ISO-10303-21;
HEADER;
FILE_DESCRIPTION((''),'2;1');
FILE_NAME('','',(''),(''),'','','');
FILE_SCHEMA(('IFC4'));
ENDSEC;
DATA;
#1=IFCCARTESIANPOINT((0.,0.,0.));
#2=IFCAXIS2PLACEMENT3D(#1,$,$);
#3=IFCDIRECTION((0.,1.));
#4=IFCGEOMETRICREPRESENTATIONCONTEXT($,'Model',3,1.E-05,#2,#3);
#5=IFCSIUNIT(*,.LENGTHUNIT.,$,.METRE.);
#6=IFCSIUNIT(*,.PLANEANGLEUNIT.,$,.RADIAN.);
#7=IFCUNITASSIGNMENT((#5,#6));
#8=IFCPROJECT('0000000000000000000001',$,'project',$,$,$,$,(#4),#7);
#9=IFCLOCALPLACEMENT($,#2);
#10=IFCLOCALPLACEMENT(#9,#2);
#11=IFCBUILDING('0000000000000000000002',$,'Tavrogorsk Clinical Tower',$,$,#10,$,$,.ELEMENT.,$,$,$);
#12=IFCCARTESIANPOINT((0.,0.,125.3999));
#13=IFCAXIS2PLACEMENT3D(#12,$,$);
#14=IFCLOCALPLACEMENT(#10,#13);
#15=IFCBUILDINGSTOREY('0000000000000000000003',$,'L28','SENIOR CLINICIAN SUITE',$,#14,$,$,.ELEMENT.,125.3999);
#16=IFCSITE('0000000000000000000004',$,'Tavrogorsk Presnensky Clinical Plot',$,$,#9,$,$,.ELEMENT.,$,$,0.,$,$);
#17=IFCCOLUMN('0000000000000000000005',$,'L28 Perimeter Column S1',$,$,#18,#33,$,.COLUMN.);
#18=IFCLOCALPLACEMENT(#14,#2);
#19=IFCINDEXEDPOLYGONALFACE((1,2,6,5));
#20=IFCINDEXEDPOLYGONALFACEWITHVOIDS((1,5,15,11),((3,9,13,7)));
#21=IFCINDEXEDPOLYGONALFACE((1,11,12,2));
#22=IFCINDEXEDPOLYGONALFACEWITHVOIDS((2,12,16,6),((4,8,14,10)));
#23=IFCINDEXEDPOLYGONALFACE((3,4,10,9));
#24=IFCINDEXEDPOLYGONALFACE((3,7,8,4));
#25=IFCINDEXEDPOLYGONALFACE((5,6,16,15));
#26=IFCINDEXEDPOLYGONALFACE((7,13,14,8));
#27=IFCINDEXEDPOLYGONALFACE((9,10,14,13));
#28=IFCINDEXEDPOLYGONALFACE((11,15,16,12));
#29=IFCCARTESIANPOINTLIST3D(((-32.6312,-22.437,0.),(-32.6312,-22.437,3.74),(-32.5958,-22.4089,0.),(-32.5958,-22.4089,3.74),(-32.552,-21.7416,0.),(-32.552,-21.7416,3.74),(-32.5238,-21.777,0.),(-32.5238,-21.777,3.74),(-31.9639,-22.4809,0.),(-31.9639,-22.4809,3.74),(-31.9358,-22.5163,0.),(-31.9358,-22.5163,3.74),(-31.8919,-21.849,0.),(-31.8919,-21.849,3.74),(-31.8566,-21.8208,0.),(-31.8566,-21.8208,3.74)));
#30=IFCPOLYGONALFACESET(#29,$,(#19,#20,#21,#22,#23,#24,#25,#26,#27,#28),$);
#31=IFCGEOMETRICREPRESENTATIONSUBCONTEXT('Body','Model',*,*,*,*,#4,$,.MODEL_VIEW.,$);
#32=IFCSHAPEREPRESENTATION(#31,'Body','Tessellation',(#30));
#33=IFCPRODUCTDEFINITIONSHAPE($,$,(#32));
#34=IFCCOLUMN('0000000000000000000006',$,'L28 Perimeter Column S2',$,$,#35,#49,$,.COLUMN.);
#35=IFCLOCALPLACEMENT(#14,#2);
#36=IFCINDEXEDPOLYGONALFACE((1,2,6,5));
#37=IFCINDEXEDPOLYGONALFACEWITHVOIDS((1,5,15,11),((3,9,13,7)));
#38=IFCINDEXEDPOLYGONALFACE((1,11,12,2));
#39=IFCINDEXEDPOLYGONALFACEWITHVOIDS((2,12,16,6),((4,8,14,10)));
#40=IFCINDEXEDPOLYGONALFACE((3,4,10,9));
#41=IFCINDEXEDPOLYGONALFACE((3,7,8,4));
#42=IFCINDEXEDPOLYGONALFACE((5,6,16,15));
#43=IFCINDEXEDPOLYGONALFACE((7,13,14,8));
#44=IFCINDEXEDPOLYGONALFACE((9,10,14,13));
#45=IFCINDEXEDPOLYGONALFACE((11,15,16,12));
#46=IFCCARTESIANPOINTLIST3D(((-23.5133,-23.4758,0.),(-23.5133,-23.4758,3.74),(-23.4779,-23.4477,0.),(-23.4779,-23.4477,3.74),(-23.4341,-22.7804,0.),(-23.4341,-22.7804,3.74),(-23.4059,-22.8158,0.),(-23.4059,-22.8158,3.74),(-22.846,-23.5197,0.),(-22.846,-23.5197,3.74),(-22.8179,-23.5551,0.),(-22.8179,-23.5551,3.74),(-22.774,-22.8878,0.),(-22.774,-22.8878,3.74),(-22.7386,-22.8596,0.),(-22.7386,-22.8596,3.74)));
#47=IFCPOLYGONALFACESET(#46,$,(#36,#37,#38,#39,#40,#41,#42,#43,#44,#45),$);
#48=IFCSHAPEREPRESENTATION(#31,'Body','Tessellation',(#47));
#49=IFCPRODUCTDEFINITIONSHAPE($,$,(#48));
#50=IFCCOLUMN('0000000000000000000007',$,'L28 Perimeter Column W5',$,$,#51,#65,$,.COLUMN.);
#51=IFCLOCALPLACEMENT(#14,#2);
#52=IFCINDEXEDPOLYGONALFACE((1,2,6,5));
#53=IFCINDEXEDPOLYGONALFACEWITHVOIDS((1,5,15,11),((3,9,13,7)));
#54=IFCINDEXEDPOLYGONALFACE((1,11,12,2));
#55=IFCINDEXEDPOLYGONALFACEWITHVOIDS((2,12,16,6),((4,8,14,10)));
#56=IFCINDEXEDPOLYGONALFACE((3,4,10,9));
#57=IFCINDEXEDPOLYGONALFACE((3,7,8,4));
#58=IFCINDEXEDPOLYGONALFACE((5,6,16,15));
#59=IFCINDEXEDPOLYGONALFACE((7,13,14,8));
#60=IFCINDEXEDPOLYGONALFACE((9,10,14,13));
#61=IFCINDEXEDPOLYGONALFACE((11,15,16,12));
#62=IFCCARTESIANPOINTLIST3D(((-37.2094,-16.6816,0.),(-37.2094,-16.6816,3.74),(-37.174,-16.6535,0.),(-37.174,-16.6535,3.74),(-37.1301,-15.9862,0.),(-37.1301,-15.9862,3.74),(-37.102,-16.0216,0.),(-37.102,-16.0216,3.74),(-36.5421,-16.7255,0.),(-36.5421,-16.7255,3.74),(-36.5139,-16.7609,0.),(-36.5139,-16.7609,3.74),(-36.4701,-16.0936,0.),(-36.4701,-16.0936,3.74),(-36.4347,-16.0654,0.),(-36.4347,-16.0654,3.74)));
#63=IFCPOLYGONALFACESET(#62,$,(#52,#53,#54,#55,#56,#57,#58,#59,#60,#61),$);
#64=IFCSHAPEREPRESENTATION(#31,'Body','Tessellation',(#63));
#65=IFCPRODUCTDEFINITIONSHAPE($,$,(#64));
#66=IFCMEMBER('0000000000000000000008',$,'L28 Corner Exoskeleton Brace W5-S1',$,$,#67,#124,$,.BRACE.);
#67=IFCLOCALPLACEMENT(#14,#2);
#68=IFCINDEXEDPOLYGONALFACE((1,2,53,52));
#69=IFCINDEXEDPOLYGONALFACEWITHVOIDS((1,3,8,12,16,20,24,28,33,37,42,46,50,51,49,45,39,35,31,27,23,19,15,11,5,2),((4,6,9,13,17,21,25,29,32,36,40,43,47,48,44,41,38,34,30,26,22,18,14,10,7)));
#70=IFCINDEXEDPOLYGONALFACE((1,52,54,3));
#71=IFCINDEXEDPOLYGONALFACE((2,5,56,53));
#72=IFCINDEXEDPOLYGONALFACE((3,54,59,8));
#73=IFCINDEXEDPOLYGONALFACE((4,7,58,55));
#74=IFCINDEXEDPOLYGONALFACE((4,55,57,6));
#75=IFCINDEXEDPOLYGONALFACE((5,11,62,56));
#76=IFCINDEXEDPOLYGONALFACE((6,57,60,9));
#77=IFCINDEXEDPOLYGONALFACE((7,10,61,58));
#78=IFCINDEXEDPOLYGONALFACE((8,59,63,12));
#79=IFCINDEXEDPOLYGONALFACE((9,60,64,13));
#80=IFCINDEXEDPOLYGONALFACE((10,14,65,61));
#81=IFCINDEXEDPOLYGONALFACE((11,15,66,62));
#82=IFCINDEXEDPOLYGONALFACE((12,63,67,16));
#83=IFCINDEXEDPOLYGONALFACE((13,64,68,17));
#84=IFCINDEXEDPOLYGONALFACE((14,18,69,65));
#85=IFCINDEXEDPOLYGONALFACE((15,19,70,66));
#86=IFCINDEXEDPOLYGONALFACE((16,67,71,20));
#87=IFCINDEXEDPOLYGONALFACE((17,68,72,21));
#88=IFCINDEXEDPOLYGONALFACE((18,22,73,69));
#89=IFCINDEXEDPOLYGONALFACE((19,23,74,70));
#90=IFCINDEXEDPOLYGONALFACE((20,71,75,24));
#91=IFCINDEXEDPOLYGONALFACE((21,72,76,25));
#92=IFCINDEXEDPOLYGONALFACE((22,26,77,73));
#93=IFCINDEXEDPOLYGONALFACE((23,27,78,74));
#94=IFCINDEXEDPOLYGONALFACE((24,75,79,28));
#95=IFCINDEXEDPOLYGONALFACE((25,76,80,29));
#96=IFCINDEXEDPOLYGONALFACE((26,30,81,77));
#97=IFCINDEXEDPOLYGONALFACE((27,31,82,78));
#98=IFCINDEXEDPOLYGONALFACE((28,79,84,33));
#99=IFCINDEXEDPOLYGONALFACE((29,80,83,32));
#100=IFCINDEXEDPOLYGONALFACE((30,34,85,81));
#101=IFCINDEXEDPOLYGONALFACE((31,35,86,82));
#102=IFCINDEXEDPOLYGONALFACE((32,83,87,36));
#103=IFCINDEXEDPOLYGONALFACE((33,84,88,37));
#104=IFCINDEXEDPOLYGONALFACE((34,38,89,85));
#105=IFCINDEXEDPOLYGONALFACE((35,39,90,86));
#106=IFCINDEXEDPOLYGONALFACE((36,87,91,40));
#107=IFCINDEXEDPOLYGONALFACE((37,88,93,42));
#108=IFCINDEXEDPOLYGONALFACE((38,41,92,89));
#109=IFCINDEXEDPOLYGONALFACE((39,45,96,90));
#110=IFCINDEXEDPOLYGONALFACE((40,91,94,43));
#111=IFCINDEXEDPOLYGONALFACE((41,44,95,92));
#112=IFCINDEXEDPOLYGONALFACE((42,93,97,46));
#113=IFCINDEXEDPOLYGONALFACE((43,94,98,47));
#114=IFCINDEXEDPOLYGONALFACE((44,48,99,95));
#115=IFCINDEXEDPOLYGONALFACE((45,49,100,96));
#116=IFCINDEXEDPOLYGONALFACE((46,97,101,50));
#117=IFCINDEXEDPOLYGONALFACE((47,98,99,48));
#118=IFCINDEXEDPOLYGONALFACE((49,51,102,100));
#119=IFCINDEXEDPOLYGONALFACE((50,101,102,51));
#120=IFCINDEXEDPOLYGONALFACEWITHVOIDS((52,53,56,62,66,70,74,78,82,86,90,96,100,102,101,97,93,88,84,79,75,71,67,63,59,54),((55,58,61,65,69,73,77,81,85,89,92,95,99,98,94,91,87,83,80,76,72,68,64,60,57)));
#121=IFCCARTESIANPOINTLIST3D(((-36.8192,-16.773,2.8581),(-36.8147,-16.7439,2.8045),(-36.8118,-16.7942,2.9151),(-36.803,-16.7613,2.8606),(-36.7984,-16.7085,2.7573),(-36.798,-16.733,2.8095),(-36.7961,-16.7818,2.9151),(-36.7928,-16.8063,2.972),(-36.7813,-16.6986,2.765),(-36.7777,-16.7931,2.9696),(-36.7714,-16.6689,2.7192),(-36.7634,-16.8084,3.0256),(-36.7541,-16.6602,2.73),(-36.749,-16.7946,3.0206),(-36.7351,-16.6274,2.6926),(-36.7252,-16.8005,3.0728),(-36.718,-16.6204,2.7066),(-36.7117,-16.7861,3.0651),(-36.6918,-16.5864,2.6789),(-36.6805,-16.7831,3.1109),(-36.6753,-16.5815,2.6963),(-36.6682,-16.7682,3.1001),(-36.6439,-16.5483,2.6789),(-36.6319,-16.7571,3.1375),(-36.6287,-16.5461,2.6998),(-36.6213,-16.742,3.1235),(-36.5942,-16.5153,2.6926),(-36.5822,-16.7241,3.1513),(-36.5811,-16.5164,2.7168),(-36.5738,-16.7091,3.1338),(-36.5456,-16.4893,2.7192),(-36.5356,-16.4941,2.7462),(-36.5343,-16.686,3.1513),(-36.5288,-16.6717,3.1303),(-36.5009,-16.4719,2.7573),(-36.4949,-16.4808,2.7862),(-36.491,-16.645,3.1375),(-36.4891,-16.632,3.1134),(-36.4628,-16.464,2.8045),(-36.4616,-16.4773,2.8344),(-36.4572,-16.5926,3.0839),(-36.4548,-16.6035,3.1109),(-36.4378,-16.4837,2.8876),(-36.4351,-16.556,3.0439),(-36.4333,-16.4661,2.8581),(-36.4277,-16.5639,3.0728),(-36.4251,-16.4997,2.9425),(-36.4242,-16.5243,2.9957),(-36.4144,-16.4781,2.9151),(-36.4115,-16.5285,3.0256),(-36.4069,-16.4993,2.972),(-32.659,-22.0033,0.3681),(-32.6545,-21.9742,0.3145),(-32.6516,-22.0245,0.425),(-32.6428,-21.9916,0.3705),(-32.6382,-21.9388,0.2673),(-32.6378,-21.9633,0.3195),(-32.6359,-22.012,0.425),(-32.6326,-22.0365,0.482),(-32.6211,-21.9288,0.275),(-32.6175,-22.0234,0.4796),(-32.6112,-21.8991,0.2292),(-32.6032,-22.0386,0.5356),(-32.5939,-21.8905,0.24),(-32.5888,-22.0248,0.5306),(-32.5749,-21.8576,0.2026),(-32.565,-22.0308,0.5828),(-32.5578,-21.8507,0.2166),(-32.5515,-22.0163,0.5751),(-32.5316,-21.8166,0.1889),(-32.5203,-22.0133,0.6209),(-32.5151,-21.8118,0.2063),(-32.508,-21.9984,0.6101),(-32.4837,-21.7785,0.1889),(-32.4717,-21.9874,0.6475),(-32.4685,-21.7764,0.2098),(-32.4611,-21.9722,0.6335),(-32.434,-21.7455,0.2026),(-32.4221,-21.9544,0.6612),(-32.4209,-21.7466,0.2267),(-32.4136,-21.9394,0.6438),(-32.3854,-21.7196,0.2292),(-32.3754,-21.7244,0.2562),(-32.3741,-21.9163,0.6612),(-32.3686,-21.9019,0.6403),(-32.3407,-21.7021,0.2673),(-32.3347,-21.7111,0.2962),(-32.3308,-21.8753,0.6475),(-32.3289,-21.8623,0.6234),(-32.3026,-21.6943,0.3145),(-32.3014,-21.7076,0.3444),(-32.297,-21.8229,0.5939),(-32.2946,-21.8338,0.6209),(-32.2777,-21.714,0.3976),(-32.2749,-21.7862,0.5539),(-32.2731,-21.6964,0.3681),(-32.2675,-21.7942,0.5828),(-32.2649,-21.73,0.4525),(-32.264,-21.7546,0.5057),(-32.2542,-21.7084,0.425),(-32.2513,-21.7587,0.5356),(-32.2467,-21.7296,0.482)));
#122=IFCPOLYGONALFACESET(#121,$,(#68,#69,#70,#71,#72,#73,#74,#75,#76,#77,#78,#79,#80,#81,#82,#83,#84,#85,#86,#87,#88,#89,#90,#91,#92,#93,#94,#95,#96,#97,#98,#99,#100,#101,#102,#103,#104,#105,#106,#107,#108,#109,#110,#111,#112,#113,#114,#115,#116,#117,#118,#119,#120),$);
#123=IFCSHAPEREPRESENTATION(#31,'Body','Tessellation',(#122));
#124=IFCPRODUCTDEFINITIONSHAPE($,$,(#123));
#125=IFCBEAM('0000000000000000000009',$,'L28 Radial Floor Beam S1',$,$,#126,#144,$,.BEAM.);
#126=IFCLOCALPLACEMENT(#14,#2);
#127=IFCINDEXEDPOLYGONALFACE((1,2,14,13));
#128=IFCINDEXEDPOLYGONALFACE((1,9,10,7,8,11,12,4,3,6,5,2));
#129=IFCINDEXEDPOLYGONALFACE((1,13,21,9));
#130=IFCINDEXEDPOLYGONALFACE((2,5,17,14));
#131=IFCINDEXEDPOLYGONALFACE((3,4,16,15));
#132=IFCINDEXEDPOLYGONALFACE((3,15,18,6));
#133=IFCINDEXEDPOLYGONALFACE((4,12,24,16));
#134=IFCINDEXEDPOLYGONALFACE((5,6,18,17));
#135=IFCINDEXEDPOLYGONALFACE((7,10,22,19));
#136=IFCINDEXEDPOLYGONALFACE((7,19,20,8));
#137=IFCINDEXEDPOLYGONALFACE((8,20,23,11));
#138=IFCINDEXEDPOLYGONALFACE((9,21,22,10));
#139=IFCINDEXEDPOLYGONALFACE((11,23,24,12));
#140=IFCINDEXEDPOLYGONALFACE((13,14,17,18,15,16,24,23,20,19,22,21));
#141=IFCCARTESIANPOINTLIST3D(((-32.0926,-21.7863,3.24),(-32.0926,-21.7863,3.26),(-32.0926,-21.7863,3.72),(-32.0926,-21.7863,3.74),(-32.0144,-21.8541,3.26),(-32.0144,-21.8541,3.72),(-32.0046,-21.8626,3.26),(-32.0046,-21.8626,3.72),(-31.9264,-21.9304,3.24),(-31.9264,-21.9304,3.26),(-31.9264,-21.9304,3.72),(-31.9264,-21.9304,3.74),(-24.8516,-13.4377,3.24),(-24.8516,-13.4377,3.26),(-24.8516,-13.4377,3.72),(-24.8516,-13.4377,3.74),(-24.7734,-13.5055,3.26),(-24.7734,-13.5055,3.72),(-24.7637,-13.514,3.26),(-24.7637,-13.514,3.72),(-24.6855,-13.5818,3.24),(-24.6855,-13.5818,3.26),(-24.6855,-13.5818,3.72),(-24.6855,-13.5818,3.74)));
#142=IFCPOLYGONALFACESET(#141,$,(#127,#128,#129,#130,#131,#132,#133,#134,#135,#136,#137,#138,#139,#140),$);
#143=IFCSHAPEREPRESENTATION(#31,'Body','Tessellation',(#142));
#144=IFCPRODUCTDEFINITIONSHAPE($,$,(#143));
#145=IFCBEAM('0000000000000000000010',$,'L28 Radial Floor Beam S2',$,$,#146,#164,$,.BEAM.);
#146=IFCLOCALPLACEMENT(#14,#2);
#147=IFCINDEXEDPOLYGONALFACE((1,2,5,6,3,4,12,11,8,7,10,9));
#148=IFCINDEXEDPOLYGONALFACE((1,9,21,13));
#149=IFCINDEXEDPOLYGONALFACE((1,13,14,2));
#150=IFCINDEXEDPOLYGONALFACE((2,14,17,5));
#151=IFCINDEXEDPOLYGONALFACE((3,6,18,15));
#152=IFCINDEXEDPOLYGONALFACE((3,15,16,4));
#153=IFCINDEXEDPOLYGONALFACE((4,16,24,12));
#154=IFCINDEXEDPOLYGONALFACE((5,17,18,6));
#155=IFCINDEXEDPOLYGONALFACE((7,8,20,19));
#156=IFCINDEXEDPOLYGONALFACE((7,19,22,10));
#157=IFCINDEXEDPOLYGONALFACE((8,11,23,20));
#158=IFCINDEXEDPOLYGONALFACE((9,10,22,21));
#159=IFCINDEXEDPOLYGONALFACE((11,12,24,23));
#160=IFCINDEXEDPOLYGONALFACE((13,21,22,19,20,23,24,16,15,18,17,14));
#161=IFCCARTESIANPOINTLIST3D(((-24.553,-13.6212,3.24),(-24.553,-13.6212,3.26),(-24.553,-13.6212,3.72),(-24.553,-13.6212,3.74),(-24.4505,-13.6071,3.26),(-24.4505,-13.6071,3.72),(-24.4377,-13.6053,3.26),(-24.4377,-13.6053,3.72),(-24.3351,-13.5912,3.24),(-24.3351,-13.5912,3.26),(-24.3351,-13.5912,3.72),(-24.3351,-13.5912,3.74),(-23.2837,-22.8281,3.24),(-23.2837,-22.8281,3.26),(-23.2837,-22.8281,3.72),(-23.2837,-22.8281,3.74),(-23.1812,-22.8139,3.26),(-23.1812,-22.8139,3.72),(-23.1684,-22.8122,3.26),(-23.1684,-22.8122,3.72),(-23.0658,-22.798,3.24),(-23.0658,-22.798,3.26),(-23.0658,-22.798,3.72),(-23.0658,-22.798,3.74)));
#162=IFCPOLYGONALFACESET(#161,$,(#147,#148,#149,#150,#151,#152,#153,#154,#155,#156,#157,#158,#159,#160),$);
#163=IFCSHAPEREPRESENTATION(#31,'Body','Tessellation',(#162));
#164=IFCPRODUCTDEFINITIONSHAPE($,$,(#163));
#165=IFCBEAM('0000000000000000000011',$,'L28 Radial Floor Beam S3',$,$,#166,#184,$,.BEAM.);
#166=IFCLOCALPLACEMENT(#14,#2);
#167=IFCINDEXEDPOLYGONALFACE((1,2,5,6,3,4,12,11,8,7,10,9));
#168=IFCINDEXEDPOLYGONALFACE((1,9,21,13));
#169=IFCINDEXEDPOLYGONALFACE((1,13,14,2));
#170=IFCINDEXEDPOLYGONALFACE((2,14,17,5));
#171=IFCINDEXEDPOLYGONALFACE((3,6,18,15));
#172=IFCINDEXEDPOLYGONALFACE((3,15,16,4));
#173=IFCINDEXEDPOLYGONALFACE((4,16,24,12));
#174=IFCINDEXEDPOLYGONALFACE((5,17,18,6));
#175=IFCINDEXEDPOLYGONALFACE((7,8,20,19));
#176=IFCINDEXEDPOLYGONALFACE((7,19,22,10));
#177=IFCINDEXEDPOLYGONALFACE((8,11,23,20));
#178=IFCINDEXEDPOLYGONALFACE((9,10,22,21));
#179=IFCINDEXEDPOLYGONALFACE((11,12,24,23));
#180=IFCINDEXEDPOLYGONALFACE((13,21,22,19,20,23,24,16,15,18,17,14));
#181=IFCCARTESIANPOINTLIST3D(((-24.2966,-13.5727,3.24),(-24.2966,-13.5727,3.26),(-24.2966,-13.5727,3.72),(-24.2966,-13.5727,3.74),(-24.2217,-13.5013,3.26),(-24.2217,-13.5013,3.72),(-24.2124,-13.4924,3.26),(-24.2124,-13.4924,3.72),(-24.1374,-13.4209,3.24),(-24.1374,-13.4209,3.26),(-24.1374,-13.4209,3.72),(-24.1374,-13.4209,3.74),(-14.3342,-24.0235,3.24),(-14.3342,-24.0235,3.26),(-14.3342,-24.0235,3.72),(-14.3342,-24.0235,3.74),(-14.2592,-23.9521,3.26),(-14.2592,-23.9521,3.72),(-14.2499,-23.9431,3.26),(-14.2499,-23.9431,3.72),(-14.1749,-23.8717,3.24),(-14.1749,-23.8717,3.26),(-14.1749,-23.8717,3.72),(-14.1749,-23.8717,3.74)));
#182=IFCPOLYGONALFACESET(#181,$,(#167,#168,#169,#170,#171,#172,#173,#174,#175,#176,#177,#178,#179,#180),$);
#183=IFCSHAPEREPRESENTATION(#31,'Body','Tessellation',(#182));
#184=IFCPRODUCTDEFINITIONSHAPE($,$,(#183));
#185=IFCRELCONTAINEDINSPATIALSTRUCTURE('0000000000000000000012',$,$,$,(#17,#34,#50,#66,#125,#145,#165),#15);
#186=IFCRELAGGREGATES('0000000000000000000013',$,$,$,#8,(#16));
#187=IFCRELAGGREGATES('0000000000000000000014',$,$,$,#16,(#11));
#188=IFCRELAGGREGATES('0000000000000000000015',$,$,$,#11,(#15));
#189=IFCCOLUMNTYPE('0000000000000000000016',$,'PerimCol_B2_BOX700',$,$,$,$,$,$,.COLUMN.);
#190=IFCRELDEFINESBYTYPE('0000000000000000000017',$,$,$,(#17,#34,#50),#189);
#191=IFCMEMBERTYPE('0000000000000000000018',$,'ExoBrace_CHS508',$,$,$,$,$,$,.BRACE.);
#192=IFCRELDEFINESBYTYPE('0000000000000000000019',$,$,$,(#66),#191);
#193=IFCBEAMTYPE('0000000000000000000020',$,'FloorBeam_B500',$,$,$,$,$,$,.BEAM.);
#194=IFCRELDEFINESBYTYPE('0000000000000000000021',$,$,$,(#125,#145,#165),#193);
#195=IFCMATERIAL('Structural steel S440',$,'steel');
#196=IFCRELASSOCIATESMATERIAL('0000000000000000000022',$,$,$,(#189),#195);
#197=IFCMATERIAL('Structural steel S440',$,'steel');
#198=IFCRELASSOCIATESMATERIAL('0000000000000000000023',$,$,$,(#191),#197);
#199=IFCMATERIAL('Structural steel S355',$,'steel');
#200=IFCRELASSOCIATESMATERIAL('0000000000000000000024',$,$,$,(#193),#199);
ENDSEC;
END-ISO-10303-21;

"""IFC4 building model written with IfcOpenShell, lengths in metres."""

from ifc_helpers import new_model, si_unit, direction, frame, origin, origin_2d, place, context, subcontext, project, spatial, hollow_rectangle, hollow_circle, i_section, extrude, material, material_profile, profile_set, type_object, element, save


model = new_model("IFC4")

# Units and contexts
model_context = context("Model", 3, precision=1e-05, world=origin(), true_north=direction((0.0, 1.0)))
body_context = subcontext(model_context, "Body", "Model", "MODEL_VIEW")
ifc_project = project(units=[si_unit("LENGTHUNIT", "METRE"), si_unit("PLANEANGLEUNIT", "RADIAN")], contexts=[model_context])

# Site, building, storey
site_placement = place(None, origin())
site = spatial("IfcSite", under=ifc_project, at=site_placement, Name="Tavrogorsk Presnensky Clinical Plot", CompositionType="ELEMENT", RefElevation=0.0)
building_placement = place(site_placement, origin())
building = spatial("IfcBuilding", under=site, at=building_placement, Name="Tavrogorsk Clinical Tower", CompositionType="ELEMENT")
storey_placement = place(building_placement, frame((0.0, 0.0, 125.3999)))
storey = spatial("IfcBuildingStorey", under=building, at=storey_placement, Name="L28", Description="SENIOR CLINICIAN SUITE", CompositionType="ELEMENT", Elevation=125.3999)

# Columns
ifc_material_1 = material(Name="Structural steel S440", Category="steel")
ifc_material_profile_1 = material_profile(ifc_material_1, hollow_rectangle(XDim=0.7, YDim=0.7, WallThickness=0.032, at=origin_2d()), Name="BOX-700x700x32")
ifc_profile_set_1 = profile_set([ifc_material_profile_1], Name="Structural steel S440")
column_type = type_object("IfcColumnType", Name="PerimCol_B2_BOX700", PredefinedType="COLUMN", material=ifc_profile_set_1)
for number, where, z_axis, x_axis, name in (
    (1, (-32.2439, -22.1289, 0.0), (0.0, 0.0, 1.0), (0.993572, -0.113203, 0.0), "L28 Perimeter Column S1"),
    (2, (-23.126, -23.1677, 0.0), (0.0, 0.0, 1.0), (0.993572, -0.113203, 0.0), "L28 Perimeter Column S2"),
    (3, (-36.822, -16.3735, 0.0), (0.0, 0.0, 1.0), (0.993572, -0.113203, 0.0), "L28 Perimeter Column W5"),
):
    element("IfcColumn", number, at=place(storey_placement, frame(where, z_axis=z_axis, x_axis=x_axis)), inside=storey, type_object=column_type, Name=name, PredefinedType="COLUMN", context=body_context, shape_type="SweptSolid", body=[
        extrude(hollow_rectangle(XDim=0.7, YDim=0.7, WallThickness=0.032, at=origin_2d()), origin(), (0.0, 0.0, 1.0), 3.74),
    ])

# Member
ifc_material_2 = material(Name="Structural steel S440", Category="steel")
ifc_material_profile_2 = material_profile(ifc_material_2, hollow_circle(Radius=0.2539, WallThickness=0.02, at=origin_2d()), Name="CHS-508x20")
ifc_profile_set_2 = profile_set([ifc_material_profile_2], Name="Structural steel S440")
member_type_1 = type_object("IfcMemberType", Name="ExoBrace_CHS508", PredefinedType="BRACE", material=ifc_profile_set_2)
member_1_placement = place(storey_placement, frame((-32.4529, -21.8665, 0.425), z_axis=(-0.583327, 0.733369, 0.34914), x_axis=(-0.782619, -0.622501, 0.0)))
element("IfcMember", 4, at=member_1_placement, inside=storey, type_object=member_type_1, Name="L28 Corner Exoskeleton Brace W5-S1", PredefinedType="BRACE", context=body_context, shape_type="SweptSolid", body=[
    extrude(hollow_circle(Radius=0.2539, WallThickness=0.02, at=origin_2d()), origin(), (0.0, 0.0, 1.0), 7.1318),
])

# Beams
ifc_material_3 = material(Name="Structural steel S355", Category="steel")
ifc_material_profile_3 = material_profile(ifc_material_3, i_section(OverallWidth=0.22, OverallDepth=0.5, WebThickness=0.0129, FlangeThickness=0.02, at=origin_2d()), Name="B-500x220x13x20")
ifc_profile_set_3 = profile_set([ifc_material_profile_3], Name="Structural steel S355")
beam_type_1 = type_object("IfcBeamType", Name="FloorBeam_B500", PredefinedType="BEAM", material=ifc_profile_set_3)
beam_1_placement = place(storey_placement, frame((-24.7686, -13.5098, 3.49), z_axis=(-0.655214, -0.755443, 0.0), x_axis=(0.755443, -0.655214, 0.0)))
element("IfcBeam", 5, at=beam_1_placement, inside=storey, type_object=beam_type_1, Name="L28 Radial Floor Beam S1", PredefinedType="BEAM", context=body_context, shape_type="SweptSolid", body=[
    extrude(i_section(OverallWidth=0.22, OverallDepth=0.5, WebThickness=0.0129, FlangeThickness=0.02, at=origin_2d()), origin(), (0.0, 0.0, 1.0), 11.0513),
])
beam_2_placement = place(storey_placement, frame((-24.4441, -13.6062, 3.49), z_axis=(0.136573, -0.99063, 0.0), x_axis=(0.99063, 0.136573, 0.0)))
element("IfcBeam", 6, at=beam_2_placement, inside=storey, type_object=beam_type_1, Name="L28 Radial Floor Beam S2", PredefinedType="BEAM", context=body_context, shape_type="SweptSolid", body=[
    extrude(i_section(OverallWidth=0.22, OverallDepth=0.5, WebThickness=0.0129, FlangeThickness=0.02, at=origin_2d()), origin(), (0.0, 0.0, 1.0), 9.2939),
])
beam_3_placement = place(storey_placement, frame((-24.217, -13.4968, 3.49), z_axis=(0.689995, -0.723814, 0.0), x_axis=(0.723814, 0.689995, 0.0)))
element("IfcBeam", 7, at=beam_3_placement, inside=storey, type_object=beam_type_1, Name="L28 Radial Floor Beam S3", PredefinedType="BEAM", context=body_context, shape_type="SweptSolid", body=[
    extrude(i_section(OverallWidth=0.22, OverallDepth=0.5, WebThickness=0.0129, FlangeThickness=0.02, at=origin_2d()), origin(), (0.0, 0.0, 1.0), 14.4385),
])

save(model, "model.ifc")
